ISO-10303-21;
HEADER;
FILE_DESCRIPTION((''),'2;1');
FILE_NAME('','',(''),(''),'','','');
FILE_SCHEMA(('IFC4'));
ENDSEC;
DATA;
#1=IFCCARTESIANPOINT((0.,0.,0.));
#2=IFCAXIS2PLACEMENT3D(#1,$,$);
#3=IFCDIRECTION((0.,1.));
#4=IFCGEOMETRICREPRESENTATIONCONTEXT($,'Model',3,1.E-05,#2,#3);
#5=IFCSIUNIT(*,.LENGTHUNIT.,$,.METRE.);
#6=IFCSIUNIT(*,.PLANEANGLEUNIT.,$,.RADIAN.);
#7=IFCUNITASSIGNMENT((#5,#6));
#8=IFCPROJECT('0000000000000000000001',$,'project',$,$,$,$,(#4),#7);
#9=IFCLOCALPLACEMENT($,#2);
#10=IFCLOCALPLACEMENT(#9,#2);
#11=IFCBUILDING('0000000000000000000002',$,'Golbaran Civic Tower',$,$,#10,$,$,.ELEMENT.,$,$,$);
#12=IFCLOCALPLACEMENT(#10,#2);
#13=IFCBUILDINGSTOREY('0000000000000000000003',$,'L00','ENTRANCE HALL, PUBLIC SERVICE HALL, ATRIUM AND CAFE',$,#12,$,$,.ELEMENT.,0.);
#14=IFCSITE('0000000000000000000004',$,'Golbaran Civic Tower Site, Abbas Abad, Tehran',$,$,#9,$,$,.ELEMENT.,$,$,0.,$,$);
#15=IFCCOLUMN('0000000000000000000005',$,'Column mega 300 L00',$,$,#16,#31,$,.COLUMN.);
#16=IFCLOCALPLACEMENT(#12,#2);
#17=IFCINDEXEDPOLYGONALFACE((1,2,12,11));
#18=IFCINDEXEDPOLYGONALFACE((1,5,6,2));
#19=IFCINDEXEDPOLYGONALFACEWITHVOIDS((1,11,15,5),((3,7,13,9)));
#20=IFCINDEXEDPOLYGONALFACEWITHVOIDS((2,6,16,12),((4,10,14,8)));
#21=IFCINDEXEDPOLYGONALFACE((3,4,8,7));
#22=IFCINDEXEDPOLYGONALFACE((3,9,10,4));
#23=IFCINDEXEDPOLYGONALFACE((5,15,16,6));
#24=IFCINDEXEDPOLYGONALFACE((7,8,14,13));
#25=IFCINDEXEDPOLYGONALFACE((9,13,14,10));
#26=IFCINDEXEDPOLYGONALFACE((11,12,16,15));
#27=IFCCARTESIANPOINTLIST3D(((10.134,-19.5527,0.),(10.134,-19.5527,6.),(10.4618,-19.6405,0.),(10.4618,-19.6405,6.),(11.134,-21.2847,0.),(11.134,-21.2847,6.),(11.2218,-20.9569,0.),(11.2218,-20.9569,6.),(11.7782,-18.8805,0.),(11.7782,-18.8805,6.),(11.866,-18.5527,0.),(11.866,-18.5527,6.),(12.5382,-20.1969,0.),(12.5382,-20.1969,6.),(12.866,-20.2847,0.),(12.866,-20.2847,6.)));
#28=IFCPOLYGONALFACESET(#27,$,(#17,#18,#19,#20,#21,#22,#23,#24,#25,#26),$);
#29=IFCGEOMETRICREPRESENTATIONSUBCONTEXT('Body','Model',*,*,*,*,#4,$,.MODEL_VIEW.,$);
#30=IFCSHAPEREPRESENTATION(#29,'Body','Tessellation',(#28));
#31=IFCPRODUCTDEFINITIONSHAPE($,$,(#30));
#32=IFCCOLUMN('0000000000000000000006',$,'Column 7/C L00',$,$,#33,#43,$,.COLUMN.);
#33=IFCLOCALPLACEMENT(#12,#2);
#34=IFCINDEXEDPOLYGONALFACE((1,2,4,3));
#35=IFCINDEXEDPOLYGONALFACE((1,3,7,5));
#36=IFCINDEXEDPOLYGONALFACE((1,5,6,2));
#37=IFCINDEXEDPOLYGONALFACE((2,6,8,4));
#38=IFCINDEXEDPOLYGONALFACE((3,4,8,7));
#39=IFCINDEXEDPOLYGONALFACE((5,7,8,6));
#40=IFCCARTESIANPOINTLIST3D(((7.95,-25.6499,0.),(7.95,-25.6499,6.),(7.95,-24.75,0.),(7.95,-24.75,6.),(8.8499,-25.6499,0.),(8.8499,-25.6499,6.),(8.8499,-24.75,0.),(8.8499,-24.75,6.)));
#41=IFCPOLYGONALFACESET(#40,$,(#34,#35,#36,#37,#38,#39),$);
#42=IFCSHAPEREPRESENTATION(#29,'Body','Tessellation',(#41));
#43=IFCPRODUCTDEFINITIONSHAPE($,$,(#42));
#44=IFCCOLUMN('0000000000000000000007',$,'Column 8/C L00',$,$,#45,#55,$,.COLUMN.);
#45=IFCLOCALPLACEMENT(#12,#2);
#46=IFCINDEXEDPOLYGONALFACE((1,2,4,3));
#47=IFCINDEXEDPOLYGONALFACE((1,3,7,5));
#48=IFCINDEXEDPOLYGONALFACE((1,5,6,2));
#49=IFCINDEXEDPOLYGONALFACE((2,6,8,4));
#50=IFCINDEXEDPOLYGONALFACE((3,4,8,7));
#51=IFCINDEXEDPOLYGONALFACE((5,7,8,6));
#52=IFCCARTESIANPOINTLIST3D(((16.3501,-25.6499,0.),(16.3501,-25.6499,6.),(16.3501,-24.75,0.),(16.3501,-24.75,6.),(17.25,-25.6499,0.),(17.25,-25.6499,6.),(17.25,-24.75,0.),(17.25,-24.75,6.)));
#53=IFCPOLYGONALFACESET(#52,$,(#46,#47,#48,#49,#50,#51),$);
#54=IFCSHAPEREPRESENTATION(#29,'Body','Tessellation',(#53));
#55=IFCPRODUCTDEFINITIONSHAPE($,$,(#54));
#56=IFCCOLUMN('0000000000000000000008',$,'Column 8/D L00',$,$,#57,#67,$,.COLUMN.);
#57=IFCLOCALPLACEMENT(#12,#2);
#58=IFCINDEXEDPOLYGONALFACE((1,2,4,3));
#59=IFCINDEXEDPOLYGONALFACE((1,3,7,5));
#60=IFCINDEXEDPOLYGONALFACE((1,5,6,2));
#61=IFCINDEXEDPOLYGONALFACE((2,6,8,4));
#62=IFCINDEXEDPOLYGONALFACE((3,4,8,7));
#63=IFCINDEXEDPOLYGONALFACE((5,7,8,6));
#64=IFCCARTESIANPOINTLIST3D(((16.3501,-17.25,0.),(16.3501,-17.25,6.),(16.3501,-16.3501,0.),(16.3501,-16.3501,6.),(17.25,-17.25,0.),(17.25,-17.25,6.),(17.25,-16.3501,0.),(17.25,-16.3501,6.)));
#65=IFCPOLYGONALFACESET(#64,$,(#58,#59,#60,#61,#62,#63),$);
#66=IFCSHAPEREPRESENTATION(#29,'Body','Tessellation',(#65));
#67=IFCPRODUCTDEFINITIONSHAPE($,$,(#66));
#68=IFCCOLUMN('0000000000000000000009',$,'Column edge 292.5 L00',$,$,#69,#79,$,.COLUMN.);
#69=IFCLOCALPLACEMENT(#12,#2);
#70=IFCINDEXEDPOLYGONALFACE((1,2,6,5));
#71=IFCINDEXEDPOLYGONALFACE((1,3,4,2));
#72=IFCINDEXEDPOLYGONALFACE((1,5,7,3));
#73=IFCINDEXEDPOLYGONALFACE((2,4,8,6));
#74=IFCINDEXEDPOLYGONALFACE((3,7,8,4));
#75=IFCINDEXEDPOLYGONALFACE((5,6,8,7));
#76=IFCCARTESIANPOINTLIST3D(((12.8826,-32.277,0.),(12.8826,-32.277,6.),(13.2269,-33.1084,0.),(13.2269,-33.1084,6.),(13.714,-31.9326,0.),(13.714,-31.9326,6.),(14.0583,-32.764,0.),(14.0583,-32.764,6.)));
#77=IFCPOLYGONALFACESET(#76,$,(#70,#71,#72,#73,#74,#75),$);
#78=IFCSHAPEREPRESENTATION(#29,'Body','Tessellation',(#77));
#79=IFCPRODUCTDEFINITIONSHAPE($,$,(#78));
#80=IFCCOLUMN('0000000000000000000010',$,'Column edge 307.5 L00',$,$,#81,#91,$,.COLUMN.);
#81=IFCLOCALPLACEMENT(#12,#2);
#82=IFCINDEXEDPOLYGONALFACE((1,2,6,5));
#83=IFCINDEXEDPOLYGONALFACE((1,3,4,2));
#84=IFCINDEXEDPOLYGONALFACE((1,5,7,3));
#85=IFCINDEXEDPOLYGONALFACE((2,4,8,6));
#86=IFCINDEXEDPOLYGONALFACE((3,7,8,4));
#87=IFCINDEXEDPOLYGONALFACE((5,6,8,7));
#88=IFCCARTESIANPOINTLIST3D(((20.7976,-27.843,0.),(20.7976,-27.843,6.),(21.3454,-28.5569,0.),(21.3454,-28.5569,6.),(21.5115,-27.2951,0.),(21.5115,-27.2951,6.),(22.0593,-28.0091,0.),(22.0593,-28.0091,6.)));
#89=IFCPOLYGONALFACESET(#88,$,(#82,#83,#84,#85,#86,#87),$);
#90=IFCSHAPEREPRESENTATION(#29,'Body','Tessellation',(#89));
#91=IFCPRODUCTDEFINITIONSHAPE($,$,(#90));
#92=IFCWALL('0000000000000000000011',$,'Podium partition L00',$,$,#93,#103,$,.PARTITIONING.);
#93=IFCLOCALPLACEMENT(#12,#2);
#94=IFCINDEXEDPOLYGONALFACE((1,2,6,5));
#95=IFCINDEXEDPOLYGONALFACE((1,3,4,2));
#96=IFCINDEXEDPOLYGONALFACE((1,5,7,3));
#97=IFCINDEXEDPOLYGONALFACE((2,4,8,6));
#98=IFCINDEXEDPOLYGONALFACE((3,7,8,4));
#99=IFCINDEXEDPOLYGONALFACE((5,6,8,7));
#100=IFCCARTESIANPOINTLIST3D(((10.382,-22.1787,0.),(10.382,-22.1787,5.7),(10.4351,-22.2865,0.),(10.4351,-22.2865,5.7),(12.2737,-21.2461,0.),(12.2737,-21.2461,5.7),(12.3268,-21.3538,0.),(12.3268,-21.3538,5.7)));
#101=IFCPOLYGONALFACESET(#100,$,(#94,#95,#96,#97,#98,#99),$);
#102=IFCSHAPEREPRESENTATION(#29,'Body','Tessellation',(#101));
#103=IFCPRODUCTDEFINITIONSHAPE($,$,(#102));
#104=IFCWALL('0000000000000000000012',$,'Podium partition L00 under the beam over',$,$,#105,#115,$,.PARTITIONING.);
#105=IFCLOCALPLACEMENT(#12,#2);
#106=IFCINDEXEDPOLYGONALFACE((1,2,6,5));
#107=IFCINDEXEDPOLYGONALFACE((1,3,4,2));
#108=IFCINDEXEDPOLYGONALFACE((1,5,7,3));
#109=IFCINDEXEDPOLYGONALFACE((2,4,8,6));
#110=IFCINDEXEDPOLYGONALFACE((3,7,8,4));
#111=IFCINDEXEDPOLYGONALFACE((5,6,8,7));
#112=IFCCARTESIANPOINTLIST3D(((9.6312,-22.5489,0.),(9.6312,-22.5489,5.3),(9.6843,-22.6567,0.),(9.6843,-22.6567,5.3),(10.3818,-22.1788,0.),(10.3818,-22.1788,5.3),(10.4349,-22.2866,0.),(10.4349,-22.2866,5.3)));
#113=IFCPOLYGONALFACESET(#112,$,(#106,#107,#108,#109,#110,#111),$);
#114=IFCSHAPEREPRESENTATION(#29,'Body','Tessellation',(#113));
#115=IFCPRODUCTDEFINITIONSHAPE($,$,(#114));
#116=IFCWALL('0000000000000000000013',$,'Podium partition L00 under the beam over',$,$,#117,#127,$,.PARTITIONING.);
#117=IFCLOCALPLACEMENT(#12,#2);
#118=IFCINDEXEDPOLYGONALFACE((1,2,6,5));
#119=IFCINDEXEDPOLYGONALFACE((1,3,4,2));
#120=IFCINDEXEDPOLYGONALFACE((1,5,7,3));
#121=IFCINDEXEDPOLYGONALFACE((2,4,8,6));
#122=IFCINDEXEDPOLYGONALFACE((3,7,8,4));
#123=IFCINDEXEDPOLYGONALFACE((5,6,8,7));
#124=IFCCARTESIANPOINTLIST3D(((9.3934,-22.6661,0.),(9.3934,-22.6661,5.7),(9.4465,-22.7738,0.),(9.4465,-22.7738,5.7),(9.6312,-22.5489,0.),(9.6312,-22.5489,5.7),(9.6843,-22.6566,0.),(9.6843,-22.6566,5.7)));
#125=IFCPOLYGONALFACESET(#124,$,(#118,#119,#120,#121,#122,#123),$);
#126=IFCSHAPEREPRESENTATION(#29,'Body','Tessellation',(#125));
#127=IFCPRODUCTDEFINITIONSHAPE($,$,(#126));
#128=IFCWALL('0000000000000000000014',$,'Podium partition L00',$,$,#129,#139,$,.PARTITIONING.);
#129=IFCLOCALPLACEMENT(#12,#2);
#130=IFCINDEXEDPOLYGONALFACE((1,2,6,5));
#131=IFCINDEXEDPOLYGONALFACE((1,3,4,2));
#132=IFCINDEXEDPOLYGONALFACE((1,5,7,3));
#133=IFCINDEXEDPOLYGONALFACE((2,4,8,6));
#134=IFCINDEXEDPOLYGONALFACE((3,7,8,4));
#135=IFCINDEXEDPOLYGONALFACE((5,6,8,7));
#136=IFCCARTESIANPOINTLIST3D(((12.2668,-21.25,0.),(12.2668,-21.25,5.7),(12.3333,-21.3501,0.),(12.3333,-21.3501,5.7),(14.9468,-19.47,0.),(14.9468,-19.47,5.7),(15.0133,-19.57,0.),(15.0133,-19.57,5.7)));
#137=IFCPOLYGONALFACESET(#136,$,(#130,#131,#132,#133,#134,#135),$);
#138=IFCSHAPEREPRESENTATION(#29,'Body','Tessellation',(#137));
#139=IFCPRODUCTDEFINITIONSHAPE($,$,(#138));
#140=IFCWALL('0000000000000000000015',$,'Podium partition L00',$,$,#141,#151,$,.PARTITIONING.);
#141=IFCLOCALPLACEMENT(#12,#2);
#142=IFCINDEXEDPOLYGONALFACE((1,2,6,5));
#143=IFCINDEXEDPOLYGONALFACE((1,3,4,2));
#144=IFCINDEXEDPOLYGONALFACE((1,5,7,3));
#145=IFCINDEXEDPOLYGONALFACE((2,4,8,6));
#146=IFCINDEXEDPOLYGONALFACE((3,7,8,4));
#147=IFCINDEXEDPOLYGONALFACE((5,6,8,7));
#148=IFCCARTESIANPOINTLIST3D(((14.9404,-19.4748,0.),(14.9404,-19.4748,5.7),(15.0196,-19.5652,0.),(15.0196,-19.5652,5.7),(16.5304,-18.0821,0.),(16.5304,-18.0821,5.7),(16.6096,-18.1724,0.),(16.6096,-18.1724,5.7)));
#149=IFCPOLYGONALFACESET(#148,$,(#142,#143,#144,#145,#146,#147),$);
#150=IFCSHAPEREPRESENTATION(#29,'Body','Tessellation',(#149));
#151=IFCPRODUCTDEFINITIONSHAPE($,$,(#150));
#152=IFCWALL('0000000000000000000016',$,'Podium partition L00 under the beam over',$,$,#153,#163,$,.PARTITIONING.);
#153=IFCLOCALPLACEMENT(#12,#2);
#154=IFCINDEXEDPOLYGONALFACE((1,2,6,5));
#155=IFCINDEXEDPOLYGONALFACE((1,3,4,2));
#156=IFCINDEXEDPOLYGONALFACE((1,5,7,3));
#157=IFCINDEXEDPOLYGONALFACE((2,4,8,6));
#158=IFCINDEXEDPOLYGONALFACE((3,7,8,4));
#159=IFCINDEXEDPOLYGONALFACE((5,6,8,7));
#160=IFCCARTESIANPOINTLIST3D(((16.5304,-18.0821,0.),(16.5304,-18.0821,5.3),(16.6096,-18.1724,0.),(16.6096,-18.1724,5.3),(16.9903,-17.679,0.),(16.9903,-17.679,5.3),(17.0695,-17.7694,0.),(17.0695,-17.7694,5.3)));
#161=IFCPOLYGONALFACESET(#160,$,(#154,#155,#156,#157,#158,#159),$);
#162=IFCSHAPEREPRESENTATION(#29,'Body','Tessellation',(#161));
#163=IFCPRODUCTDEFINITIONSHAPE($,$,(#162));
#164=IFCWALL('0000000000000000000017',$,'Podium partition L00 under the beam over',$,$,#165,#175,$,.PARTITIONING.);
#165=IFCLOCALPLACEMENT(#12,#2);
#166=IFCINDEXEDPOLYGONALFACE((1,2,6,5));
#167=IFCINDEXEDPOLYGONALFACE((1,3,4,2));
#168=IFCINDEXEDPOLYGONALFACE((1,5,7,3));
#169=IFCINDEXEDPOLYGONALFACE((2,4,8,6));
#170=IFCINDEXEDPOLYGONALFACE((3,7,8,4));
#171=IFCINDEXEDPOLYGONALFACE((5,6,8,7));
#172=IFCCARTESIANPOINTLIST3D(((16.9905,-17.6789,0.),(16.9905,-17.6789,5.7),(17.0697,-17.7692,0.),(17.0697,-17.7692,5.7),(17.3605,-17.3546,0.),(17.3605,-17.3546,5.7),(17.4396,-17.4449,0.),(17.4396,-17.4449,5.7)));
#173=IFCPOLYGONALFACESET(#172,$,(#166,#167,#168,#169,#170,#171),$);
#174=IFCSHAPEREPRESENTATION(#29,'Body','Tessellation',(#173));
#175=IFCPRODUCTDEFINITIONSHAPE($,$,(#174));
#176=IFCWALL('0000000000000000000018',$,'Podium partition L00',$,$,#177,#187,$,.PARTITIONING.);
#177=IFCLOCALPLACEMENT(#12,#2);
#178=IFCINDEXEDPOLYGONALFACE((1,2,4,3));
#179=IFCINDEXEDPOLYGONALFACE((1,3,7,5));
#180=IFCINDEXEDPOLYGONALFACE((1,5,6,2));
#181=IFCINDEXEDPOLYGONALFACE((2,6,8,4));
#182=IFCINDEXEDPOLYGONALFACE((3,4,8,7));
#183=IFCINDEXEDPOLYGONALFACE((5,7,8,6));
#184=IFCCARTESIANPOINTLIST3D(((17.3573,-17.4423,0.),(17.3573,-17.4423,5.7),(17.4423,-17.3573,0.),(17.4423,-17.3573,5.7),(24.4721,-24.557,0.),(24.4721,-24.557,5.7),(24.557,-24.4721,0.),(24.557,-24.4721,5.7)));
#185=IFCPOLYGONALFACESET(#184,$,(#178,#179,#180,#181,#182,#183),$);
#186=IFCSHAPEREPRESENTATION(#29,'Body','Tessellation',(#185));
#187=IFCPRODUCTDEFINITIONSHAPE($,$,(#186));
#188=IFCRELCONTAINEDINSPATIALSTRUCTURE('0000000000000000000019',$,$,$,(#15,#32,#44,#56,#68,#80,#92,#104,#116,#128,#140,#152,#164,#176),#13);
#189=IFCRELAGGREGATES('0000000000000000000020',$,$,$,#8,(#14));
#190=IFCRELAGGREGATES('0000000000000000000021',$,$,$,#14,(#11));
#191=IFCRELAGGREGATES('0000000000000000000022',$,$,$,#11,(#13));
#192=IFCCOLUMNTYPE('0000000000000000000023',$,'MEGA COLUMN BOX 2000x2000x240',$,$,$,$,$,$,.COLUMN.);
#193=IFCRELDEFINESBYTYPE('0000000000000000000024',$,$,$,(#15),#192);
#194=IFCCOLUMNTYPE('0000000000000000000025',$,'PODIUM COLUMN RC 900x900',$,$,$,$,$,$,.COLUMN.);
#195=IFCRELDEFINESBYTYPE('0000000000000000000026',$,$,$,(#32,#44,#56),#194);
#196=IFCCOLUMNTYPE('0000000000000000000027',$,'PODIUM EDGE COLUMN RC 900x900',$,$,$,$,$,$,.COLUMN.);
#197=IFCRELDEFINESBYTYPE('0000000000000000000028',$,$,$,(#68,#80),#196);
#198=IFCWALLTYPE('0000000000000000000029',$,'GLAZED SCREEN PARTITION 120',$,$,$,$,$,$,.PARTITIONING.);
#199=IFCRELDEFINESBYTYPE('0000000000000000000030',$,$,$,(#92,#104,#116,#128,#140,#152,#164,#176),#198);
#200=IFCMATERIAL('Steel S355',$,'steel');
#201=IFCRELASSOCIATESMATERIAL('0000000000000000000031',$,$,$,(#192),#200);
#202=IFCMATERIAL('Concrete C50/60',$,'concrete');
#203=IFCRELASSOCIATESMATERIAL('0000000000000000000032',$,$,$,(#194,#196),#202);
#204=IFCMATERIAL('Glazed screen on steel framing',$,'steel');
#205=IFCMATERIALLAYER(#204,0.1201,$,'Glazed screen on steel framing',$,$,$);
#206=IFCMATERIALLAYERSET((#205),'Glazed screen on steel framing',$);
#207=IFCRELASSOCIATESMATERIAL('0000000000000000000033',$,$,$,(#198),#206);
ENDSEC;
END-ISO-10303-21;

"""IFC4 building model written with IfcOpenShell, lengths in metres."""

from ifc_helpers import new_model, si_unit, direction, frame, frame_2d, origin, origin_2d, place, context, subcontext, project, spatial, rectangle, hollow_rectangle, extrude, material, layer, layer_set, material_profile, profile_set, type_object, element, save


model = new_model("IFC4")

# Units and contexts
model_context = context("Model", 3, precision=1e-05, world=origin(), true_north=direction((0.0, 1.0)))
body_context = subcontext(model_context, "Body", "Model", "MODEL_VIEW")
ifc_project = project(units=[si_unit("LENGTHUNIT", "METRE"), si_unit("PLANEANGLEUNIT", "RADIAN")], contexts=[model_context])

# Site, building, storey
site_placement = place(None, origin())
site = spatial("IfcSite", under=ifc_project, at=site_placement, Name="Golbaran Civic Tower Site, Abbas Abad, Tehran", CompositionType="ELEMENT", RefElevation=0.0)
building_placement = place(site_placement, origin())
building = spatial("IfcBuilding", under=site, at=building_placement, Name="Golbaran Civic Tower", CompositionType="ELEMENT")
storey_placement = place(building_placement, origin())
storey = spatial("IfcBuildingStorey", under=building, at=storey_placement, Name="L00", Description="ENTRANCE HALL, PUBLIC SERVICE HALL, ATRIUM AND CAFE", CompositionType="ELEMENT", Elevation=0.0)

# Columns
ifc_material_1 = material(Name="Steel S355", Category="steel")
ifc_material_profile_1 = material_profile(ifc_material_1, hollow_rectangle(XDim=2.0, YDim=2.0, WallThickness=0.24, at=origin_2d()), Name="BOX 2000x2000x240")
ifc_profile_set_1 = profile_set([ifc_material_profile_1], Name="Steel S355")
column_type_1 = type_object("IfcColumnType", Name="MEGA COLUMN BOX 2000x2000x240", PredefinedType="COLUMN", material=ifc_profile_set_1)
column_placement = place(storey_placement, frame((11.5, -19.9187, 0.0), z_axis=(0.0, 0.0, 1.0), x_axis=(0.5, -0.866025, 0.0)))
element("IfcColumn", 1, at=column_placement, inside=storey, type_object=column_type_1, Name="Column mega 300 L00", PredefinedType="COLUMN", context=body_context, shape_type="SweptSolid", body=[
    extrude(hollow_rectangle(XDim=2.0, YDim=2.0, WallThickness=0.24, at=origin_2d()), origin(), (0.0, 0.0, 1.0), 6.0),
])
ifc_material_2 = material(Name="Concrete C50/60", Category="concrete")
ifc_material_profile_2 = material_profile(ifc_material_2, rectangle(XDim=0.8999, YDim=0.8999, at=origin_2d()), Name="RC 900x900")
ifc_profile_set_2 = profile_set([ifc_material_profile_2], Name="Concrete C50/60")
column_type_2 = type_object("IfcColumnType", Name="PODIUM COLUMN RC 900x900", PredefinedType="COLUMN", material=ifc_profile_set_2)
for number, where, z_axis, x_axis, name in (
    (2, (8.3999, -25.2, 0.0), (0.0, 0.0, 1.0), (1.0, 0.0, 0.0), "Column 7/C L00"),
    (3, (16.8, -25.2, 0.0), (0.0, 0.0, 1.0), (1.0, 0.0, 0.0), "Column 8/C L00"),
    (4, (16.8, -16.8, 0.0), (0.0, 0.0, 1.0), (1.0, 0.0, 0.0), "Column 8/D L00"),
):
    element("IfcColumn", number, at=place(storey_placement, frame(where, z_axis=z_axis, x_axis=x_axis)), inside=storey, type_object=column_type_2, Name=name, PredefinedType="COLUMN", context=body_context, shape_type="SweptSolid", body=[
        extrude(rectangle(XDim=0.8999, YDim=0.8999, at=origin_2d()), origin(), (0.0, 0.0, 1.0), 6.0),
    ])
ifc_material_profile_3 = material_profile(ifc_material_2, rectangle(XDim=0.8999, YDim=0.8999, at=origin_2d()), Name="RC 900x900")
ifc_profile_set_3 = profile_set([ifc_material_profile_3], Name="Concrete C50/60")
column_type_3 = type_object("IfcColumnType", Name="PODIUM EDGE COLUMN RC 900x900", PredefinedType="COLUMN", material=ifc_profile_set_3)
for number, where, z_axis, x_axis, name in (
    (5, (13.4705, -32.5205, 0.0), (0.0, 0.0, 1.0), (0.382683, -0.92388, 0.0), "Column edge 292.5 L00"),
    (6, (21.4285, -27.926, 0.0), (0.0, 0.0, 1.0), (0.608761, -0.793353, 0.0), "Column edge 307.5 L00"),
):
    element("IfcColumn", number, at=place(storey_placement, frame(where, z_axis=z_axis, x_axis=x_axis)), inside=storey, type_object=column_type_3, Name=name, PredefinedType="COLUMN", context=body_context, shape_type="SweptSolid", body=[
        extrude(rectangle(XDim=0.8999, YDim=0.8999, at=origin_2d()), origin(), (0.0, 0.0, 1.0), 6.0),
    ])

# Walls
ifc_material_3 = material(Name="Glazed screen on steel framing", Category="steel")
ifc_layer_1 = layer(ifc_material_3, 0.1201, Name="Glazed screen on steel framing")
ifc_layer_set_1 = layer_set([ifc_layer_1], Name="Glazed screen on steel framing")
wall_type_1 = type_object("IfcWallType", Name="GLAZED SCREEN PARTITION 120", PredefinedType="PARTITIONING", material=ifc_layer_set_1)
wall_1_placement = place(storey_placement, frame((10.4084, -22.2327, 0.0), z_axis=(0.0, 0.0, 1.0), x_axis=(0.896914, 0.442206, 0.0)))
element("IfcWall", 7, at=wall_1_placement, inside=storey, type_object=wall_type_1, Name="Podium partition L00", PredefinedType="PARTITIONING", context=body_context, shape_type="SweptSolid", body=[
    extrude(rectangle(XDim=2.1091, YDim=0.1201, at=frame_2d((1.0547, 0.0))), origin(), (0.0, 0.0, 1.0), 5.7),
])
wall_2_placement = place(storey_placement, frame((9.6577, -22.6028, 0.0), z_axis=(0.0, 0.0, 1.0), x_axis=(0.896922, 0.44219, 0.0)))
element("IfcWall", 8, at=wall_2_placement, inside=storey, type_object=wall_type_1, Name="Podium partition L00 under the beam over", PredefinedType="PARTITIONING", context=body_context, shape_type="SweptSolid", body=[
    extrude(rectangle(XDim=0.8369, YDim=0.1201, at=frame_2d((0.4185, 0.0))), origin(), (0.0, 0.0, 1.0), 5.3),
])
wall_3_placement = place(storey_placement, frame((9.4199, -22.72, 0.0), z_axis=(0.0, 0.0, 1.0), x_axis=(0.896991, 0.442049, 0.0)))
element("IfcWall", 9, at=wall_3_placement, inside=storey, type_object=wall_type_1, Name="Podium partition L00 under the beam over", PredefinedType="PARTITIONING", context=body_context, shape_type="SweptSolid", body=[
    extrude(rectangle(XDim=0.2651, YDim=0.1201, at=frame_2d((0.1326, 0.0))), origin(), (0.0, 0.0, 1.0), 5.7),
])
wall_4_placement = place(storey_placement, frame((12.3, -21.3, 0.0), z_axis=(0.0, 0.0, 1.0), x_axis=(0.832995, 0.553281, 0.0)))
element("IfcWall", 10, at=wall_4_placement, inside=storey, type_object=wall_type_1, Name="Podium partition L00", PredefinedType="PARTITIONING", context=body_context, shape_type="SweptSolid", body=[
    extrude(rectangle(XDim=3.2173, YDim=0.1201, at=frame_2d((1.6086, 0.0))), origin(), (0.0, 0.0, 1.0), 5.7),
])
wall_5_placement = place(storey_placement, frame((14.98, -19.52, 0.0), z_axis=(0.0, 0.0, 1.0), x_axis=(0.752226, 0.658905, 0.0)))
element("IfcWall", 11, at=wall_5_placement, inside=storey, type_object=wall_type_1, Name="Podium partition L00", PredefinedType="PARTITIONING", context=body_context, shape_type="SweptSolid", body=[
    extrude(rectangle(XDim=2.1138, YDim=0.1201, at=frame_2d((1.0569, 0.0))), origin(), (0.0, 0.0, 1.0), 5.7),
])
wall_6_placement = place(storey_placement, frame((16.5701, -18.1272, 0.0), z_axis=(0.0, 0.0, 1.0), x_axis=(0.752082, 0.65907, 0.0)))
element("IfcWall", 12, at=wall_6_placement, inside=storey, type_object=wall_type_1, Name="Podium partition L00 under the beam over", PredefinedType="PARTITIONING", context=body_context, shape_type="SweptSolid", body=[
    extrude(rectangle(XDim=0.6116, YDim=0.1201, at=frame_2d((0.3057, 0.0))), origin(), (0.0, 0.0, 1.0), 5.3),
])
wall_7_placement = place(storey_placement, frame((17.03, -17.7241, 0.0), z_axis=(0.0, 0.0, 1.0), x_axis=(0.751992, 0.659172, 0.0)))
element("IfcWall", 13, at=wall_7_placement, inside=storey, type_object=wall_type_1, Name="Podium partition L00 under the beam over", PredefinedType="PARTITIONING", context=body_context, shape_type="SweptSolid", body=[
    extrude(rectangle(XDim=0.4919, YDim=0.1201, at=frame_2d((0.2461, 0.0))), origin(), (0.0, 0.0, 1.0), 5.7),
])
wall_8_placement = place(storey_placement, frame((17.3999, -17.3999, 0.0), z_axis=(0.0, 0.0, 1.0), x_axis=(0.707107, -0.707107, 0.0)))
element("IfcWall", 14, at=wall_8_placement, inside=storey, type_object=wall_type_1, Name="Podium partition L00", PredefinedType="PARTITIONING", context=body_context, shape_type="SweptSolid", body=[
    extrude(rectangle(XDim=10.0618, YDim=0.1201, at=frame_2d((5.0308, 0.0))), origin(), (0.0, 0.0, 1.0), 5.7),
])

save(model, "model.ifc")
